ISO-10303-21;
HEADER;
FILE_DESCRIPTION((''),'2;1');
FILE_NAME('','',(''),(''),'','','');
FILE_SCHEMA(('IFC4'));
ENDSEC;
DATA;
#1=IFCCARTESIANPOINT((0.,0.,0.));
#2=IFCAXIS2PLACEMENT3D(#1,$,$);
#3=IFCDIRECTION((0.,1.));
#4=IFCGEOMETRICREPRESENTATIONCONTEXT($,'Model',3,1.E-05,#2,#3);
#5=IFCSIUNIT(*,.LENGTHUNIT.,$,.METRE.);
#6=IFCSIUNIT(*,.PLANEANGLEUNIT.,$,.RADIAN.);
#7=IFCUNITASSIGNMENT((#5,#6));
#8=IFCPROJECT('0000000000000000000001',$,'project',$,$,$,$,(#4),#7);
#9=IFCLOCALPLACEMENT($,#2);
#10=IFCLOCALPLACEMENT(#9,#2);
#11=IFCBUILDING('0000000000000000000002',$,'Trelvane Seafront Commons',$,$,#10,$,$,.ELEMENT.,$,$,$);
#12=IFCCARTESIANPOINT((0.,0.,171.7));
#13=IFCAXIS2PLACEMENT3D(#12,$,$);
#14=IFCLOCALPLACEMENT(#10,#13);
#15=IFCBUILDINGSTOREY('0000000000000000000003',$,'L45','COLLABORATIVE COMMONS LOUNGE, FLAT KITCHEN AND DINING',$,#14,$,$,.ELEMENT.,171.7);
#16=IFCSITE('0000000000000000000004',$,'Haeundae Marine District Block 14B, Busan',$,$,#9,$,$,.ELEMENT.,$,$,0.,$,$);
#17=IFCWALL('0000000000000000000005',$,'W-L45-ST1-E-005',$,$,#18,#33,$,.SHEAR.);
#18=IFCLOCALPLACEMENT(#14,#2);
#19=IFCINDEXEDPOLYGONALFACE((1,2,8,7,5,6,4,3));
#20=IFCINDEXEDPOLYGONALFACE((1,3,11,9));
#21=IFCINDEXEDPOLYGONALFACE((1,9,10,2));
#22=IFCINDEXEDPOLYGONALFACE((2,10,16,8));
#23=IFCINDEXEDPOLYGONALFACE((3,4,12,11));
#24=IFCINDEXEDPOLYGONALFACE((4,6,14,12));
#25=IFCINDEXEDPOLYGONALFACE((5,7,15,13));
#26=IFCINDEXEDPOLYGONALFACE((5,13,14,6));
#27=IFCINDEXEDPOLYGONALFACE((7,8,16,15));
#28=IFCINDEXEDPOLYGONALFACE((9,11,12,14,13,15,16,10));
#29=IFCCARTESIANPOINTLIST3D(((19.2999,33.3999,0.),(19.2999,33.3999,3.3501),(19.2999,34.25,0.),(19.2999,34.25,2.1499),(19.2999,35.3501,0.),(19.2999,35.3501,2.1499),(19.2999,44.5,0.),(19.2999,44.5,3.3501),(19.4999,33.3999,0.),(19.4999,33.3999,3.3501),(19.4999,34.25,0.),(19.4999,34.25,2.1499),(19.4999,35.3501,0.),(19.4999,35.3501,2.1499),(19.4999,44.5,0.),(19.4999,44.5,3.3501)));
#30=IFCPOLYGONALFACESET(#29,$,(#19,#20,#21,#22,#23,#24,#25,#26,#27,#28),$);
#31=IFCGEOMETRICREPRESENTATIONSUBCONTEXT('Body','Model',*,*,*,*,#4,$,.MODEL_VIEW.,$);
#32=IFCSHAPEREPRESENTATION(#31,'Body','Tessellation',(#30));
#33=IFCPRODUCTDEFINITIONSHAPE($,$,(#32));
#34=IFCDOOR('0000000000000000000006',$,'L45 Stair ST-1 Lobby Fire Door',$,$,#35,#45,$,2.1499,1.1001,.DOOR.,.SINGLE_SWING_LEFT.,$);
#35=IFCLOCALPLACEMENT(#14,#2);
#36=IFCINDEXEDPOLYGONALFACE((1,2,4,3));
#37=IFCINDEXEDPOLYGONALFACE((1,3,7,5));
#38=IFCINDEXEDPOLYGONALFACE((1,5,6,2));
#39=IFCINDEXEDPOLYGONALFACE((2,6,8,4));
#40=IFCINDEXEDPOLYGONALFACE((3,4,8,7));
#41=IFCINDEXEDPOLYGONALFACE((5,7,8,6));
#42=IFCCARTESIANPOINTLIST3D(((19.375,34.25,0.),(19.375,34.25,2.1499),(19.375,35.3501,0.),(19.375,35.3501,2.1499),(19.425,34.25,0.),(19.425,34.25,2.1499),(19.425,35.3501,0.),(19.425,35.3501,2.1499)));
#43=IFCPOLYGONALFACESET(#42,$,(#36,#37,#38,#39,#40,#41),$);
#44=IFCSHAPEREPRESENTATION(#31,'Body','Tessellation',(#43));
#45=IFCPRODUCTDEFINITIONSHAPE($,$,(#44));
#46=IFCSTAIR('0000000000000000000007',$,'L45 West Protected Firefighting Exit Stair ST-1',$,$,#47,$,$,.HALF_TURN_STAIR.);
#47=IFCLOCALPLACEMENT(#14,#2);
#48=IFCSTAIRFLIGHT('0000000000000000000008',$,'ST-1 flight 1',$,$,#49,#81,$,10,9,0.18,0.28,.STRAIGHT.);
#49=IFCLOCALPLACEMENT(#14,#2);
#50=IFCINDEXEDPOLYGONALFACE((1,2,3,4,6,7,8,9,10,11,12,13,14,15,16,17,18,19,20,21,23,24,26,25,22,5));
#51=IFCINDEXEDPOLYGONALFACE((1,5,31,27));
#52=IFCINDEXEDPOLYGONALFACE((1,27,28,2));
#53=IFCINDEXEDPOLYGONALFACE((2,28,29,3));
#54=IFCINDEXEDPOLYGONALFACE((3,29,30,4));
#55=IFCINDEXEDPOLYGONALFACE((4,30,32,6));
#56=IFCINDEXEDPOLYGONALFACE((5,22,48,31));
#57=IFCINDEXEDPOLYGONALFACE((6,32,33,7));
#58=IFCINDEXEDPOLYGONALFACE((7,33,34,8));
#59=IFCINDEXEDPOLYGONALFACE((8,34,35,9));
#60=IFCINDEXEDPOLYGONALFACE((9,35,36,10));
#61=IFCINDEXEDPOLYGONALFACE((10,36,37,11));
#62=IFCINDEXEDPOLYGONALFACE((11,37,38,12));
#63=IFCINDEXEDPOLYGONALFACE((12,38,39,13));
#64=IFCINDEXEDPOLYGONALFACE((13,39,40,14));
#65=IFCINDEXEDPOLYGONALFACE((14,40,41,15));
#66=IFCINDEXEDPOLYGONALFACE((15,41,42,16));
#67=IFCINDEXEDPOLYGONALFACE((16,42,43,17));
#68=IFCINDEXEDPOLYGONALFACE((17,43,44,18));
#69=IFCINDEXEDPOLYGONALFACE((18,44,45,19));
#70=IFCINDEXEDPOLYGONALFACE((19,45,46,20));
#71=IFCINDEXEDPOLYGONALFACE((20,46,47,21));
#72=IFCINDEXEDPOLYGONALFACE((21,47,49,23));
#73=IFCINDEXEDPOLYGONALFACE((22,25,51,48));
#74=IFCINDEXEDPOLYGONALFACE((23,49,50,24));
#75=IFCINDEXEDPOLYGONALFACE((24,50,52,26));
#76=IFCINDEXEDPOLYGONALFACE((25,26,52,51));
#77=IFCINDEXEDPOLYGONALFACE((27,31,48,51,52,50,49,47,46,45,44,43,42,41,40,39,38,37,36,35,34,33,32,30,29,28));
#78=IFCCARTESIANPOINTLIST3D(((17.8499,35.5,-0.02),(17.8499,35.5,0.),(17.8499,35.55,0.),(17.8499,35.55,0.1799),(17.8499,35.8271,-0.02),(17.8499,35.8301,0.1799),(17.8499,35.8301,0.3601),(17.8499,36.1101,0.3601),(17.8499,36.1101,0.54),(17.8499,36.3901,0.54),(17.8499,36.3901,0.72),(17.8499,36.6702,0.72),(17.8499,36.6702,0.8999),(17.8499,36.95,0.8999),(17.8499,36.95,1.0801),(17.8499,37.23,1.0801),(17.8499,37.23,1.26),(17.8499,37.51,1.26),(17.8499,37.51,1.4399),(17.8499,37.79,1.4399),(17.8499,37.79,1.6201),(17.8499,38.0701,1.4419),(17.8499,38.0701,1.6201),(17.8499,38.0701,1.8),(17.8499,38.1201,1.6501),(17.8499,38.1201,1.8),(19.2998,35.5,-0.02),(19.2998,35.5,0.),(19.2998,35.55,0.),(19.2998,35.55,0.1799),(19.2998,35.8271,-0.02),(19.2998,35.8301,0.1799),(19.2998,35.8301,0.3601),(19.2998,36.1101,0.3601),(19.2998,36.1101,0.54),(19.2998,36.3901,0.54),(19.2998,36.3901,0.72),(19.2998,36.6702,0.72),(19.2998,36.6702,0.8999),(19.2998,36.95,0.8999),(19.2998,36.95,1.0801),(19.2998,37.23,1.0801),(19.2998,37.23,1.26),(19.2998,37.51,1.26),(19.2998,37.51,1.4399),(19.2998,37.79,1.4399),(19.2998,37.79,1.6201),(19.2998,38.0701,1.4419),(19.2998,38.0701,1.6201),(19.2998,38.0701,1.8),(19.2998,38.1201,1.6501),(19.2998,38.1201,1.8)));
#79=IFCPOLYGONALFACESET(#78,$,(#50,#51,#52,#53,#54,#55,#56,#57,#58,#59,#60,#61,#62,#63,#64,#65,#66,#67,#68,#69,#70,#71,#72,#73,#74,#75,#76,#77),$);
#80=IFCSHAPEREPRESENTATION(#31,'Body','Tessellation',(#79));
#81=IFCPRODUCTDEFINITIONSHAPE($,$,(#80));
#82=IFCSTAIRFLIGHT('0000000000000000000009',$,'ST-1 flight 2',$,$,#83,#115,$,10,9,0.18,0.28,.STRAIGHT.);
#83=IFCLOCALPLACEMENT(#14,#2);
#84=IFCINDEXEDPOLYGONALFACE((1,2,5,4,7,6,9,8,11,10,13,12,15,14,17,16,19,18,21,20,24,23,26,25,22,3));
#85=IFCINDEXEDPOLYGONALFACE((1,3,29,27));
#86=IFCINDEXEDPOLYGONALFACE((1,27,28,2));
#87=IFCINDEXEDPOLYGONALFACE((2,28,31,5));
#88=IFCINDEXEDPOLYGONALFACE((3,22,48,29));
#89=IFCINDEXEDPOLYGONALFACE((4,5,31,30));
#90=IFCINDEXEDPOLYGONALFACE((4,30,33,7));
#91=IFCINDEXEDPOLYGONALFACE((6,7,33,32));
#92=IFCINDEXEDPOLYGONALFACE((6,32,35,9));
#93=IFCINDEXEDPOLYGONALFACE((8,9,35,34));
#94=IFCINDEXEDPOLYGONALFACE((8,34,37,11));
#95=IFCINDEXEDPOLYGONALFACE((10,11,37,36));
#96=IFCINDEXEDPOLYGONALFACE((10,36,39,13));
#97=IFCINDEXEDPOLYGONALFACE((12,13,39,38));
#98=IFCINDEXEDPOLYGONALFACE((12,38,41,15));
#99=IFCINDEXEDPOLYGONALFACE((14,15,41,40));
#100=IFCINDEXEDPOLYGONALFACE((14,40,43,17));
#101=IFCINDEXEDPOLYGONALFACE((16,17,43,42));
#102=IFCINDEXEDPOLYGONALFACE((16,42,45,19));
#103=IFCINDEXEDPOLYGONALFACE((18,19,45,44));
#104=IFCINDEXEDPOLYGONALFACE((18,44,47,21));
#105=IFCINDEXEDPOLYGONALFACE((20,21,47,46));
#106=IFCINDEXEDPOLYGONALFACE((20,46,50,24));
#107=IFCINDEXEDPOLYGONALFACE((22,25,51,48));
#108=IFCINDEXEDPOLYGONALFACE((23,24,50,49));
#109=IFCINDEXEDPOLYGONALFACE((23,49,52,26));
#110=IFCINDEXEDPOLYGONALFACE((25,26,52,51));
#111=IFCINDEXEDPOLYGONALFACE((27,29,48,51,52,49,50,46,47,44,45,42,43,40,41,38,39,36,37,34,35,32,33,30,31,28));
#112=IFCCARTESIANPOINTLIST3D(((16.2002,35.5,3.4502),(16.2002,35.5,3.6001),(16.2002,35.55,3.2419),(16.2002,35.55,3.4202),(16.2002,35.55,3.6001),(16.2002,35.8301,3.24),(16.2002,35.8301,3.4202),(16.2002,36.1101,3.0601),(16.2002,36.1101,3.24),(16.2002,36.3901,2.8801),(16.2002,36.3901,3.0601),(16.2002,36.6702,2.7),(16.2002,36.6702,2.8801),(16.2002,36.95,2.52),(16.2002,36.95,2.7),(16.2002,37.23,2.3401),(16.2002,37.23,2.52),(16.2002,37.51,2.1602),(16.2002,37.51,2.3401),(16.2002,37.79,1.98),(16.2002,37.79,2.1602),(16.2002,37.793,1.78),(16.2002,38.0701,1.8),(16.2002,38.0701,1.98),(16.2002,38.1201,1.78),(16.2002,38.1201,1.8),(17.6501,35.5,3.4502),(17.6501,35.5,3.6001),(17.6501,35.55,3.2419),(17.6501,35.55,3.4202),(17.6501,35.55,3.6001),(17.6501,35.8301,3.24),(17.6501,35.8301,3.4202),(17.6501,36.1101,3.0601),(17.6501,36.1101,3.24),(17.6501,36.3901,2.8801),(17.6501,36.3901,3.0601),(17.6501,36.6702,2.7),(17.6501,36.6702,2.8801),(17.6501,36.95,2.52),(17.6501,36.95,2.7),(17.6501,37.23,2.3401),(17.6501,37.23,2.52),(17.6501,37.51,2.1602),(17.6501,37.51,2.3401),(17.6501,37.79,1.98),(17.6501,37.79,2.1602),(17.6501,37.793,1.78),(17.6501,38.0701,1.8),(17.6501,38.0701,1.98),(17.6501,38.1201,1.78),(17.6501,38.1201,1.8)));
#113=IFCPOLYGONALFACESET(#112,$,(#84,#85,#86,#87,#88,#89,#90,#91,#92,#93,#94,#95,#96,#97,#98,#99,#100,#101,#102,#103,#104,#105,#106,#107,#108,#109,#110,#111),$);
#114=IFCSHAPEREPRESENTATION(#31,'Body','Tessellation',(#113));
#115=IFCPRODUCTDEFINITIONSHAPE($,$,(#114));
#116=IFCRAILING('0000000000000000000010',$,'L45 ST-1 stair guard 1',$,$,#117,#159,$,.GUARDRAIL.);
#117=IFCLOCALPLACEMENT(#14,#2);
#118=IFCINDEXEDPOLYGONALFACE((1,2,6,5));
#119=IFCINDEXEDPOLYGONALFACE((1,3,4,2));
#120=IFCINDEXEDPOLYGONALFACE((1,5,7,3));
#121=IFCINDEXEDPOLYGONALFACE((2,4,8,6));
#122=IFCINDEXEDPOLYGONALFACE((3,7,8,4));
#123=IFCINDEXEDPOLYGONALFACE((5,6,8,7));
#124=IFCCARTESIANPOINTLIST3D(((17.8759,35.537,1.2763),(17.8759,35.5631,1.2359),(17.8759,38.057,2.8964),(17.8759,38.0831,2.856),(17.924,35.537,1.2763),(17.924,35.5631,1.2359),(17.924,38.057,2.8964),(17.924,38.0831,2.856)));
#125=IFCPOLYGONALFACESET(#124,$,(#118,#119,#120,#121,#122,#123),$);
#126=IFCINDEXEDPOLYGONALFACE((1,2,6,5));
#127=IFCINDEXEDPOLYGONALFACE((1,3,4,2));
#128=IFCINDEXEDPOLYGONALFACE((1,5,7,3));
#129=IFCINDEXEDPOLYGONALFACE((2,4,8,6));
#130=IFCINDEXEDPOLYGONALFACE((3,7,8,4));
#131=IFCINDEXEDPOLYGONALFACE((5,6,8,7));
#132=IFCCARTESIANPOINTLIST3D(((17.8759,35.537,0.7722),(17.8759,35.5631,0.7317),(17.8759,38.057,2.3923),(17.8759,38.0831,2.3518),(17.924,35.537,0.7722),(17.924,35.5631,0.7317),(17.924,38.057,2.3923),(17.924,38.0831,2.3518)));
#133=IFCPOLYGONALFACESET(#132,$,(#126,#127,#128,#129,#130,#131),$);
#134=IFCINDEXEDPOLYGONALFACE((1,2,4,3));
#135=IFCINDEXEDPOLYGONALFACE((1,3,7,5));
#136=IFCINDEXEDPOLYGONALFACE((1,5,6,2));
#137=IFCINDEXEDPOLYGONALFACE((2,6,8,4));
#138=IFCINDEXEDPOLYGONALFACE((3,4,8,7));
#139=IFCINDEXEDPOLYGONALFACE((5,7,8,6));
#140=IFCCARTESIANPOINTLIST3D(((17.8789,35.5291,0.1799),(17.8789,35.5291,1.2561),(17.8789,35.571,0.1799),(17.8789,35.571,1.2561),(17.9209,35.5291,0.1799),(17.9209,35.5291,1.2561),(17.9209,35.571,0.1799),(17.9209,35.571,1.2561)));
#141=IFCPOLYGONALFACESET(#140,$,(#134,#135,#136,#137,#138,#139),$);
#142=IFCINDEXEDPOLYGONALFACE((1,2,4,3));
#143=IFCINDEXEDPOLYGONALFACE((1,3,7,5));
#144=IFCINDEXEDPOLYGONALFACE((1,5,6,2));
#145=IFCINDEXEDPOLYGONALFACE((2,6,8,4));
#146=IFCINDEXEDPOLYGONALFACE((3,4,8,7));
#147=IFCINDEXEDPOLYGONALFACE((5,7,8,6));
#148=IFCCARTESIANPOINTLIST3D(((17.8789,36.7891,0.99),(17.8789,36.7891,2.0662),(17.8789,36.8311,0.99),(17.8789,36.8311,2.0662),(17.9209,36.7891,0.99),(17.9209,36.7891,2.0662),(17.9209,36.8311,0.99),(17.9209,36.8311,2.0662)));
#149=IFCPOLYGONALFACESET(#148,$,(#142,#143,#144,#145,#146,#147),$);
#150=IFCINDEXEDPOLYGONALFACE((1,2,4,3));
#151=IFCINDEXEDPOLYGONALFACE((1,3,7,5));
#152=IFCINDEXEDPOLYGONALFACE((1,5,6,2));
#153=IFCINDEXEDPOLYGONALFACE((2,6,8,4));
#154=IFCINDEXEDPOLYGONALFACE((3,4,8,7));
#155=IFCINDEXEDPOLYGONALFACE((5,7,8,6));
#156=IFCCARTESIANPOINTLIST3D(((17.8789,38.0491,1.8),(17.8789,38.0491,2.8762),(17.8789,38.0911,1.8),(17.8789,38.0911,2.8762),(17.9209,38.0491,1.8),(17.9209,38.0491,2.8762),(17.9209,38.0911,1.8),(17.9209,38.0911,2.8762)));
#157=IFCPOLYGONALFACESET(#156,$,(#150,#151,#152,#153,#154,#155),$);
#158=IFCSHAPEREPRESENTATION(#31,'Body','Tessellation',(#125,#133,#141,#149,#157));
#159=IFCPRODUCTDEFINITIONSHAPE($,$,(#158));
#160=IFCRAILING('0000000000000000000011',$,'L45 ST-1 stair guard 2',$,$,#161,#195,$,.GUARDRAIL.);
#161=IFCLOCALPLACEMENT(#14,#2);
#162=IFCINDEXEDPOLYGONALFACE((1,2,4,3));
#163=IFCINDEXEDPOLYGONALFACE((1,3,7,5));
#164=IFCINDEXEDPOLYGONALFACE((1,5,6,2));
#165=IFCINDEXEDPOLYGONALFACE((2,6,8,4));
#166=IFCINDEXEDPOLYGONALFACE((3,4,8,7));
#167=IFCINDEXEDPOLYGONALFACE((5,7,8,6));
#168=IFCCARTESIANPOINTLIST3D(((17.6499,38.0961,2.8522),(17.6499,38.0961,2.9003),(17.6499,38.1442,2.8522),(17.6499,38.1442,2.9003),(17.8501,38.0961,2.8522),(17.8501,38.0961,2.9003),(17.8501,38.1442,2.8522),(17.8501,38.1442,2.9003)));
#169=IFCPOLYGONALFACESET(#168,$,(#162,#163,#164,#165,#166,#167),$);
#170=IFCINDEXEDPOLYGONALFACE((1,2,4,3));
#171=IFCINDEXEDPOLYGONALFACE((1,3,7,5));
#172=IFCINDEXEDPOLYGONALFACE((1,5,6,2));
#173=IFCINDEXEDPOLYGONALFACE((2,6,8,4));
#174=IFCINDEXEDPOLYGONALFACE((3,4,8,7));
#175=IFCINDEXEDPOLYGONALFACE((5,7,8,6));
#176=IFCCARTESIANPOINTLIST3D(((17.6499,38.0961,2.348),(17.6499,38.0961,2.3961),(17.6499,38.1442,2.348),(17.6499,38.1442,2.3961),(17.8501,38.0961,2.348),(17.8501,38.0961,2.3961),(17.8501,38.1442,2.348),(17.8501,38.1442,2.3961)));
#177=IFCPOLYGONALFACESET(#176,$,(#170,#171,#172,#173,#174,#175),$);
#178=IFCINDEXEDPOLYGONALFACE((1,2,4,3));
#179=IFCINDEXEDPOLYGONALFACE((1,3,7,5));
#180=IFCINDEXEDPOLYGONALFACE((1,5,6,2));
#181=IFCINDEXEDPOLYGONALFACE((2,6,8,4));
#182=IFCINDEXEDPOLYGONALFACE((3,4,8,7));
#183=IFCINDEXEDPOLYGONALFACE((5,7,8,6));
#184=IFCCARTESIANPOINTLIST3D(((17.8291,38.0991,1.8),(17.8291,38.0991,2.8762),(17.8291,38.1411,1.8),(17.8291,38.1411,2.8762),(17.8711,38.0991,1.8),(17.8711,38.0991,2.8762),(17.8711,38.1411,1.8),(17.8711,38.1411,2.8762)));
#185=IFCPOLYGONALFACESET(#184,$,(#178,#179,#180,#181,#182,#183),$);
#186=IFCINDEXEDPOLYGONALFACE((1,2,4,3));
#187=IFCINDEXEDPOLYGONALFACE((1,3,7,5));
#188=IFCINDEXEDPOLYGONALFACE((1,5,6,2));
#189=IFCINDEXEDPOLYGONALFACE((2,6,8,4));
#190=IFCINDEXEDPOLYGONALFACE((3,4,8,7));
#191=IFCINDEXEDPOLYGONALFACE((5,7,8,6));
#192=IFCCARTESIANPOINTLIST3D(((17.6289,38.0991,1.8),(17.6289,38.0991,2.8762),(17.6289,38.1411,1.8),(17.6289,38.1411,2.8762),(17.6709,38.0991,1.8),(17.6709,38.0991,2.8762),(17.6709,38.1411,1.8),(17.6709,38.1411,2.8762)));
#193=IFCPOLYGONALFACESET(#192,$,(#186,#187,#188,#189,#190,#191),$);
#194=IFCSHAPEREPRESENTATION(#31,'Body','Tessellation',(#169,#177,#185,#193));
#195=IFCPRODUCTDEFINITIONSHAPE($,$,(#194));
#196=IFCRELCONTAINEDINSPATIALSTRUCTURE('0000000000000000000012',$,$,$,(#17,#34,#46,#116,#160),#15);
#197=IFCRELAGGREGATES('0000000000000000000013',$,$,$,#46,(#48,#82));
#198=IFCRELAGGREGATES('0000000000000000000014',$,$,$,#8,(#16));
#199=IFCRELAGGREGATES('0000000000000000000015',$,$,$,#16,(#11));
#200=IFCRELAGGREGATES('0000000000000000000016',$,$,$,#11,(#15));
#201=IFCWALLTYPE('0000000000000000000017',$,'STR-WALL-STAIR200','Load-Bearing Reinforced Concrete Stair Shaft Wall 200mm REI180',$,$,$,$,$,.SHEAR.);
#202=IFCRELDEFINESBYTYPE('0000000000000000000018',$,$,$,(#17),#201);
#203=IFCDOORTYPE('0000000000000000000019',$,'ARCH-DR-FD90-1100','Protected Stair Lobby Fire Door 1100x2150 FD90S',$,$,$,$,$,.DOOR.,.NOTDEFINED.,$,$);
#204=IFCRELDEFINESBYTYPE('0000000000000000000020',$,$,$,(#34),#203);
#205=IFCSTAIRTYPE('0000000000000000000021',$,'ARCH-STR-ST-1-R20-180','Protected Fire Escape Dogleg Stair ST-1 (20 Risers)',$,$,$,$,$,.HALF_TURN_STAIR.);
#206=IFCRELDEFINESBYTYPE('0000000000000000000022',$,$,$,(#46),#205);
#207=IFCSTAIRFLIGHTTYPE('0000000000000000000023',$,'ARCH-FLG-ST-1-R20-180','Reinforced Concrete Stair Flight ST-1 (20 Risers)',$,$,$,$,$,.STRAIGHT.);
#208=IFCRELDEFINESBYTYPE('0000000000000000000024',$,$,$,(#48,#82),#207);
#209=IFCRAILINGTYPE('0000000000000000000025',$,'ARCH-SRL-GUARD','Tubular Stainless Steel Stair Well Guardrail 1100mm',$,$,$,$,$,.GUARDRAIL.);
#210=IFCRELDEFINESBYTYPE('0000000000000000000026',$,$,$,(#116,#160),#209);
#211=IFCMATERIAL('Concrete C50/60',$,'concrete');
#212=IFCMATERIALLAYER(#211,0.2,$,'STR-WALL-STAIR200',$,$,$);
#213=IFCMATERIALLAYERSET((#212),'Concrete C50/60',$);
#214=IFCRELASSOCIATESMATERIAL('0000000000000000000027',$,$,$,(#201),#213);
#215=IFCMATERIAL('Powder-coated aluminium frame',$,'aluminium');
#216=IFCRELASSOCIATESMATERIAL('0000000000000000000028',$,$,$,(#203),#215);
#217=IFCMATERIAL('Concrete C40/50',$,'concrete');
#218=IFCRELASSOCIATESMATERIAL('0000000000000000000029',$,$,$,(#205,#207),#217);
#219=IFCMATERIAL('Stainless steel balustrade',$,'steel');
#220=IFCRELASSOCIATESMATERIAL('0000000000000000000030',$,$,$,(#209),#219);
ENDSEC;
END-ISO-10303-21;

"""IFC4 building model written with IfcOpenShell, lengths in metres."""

from ifc_helpers import new_model, si_unit, direction, frame, frame_2d, origin, origin_2d, place, context, subcontext, project, spatial, polyline, rectangle, outline, extrude, source, transform, mapped, material, layer, layer_set, type_object, element, fill, aggregate, save


model = new_model("IFC4")

# Units and contexts
model_context = context("Model", 3, precision=1e-05, world=origin(), true_north=direction((0.0, 1.0)))
body_context = subcontext(model_context, "Body", "Model", "MODEL_VIEW")
ifc_project = project(units=[si_unit("LENGTHUNIT", "METRE"), si_unit("PLANEANGLEUNIT", "RADIAN")], contexts=[model_context])

# Site, building, storey
site_placement = place(None, origin())
site = spatial("IfcSite", under=ifc_project, at=site_placement, Name="Haeundae Marine District Block 14B, Busan", CompositionType="ELEMENT", RefElevation=0.0)
building_placement = place(site_placement, origin())
building = spatial("IfcBuilding", under=site, at=building_placement, Name="Trelvane Seafront Commons", CompositionType="ELEMENT")
storey_placement = place(building_placement, frame((0.0, 0.0, 171.7)))
storey = spatial("IfcBuildingStorey", under=building, at=storey_placement, Name="L45", Description="COLLABORATIVE COMMONS LOUNGE, FLAT KITCHEN AND DINING", CompositionType="ELEMENT", Elevation=171.7)

# Shared definitions
ifc_material_1 = material(Name="Concrete C40/50", Category="concrete")
ifc_material_2 = material(Name="Powder-coated aluminium frame", Category="aluminium")

# Shared definitions
ifc_material_3 = material(Name="Stainless steel balustrade", Category="steel")
shared_shape_1 = source(origin(), body_context, "Body", "SweptSolid", [
    extrude(rectangle(XDim=1.1001, YDim=2.1499, at=frame_2d((0.55, 1.075))), frame((0.0, 0.0249, 0.0), z_axis=(0.0, -1.0, 0.0), x_axis=(1.0, 0.0, 0.0)), (0.0, 0.0, 1.0), 0.05),
])

# Shared definitions
ifc_material_4 = material(Name="Concrete C50/60", Category="concrete")
ifc_layer_1 = layer(ifc_material_4, 0.2, Name="STR-WALL-STAIR200")
ifc_layer_set_1 = layer_set([ifc_layer_1], Name="Concrete C50/60")
wall_type_1 = type_object("IfcWallType", Name="STR-WALL-STAIR200", Description="Load-Bearing Reinforced Concrete Stair Shaft Wall 200mm REI180", PredefinedType="SHEAR", material=ifc_layer_set_1)

# Wall, opening, door
wall_1_placement = place(storey_placement, frame((19.3999, 33.3999, 0.0), z_axis=(0.0, 0.0, 1.0), x_axis=(0.0, 1.0, 0.0)))
wall_1 = element("IfcWall", 1, at=wall_1_placement, inside=storey, type_object=wall_type_1, Name="W-L45-ST1-E-005", PredefinedType="SHEAR", context=body_context, shape_type="SweptSolid", body=[
    extrude(rectangle(XDim=11.1001, YDim=0.2, at=frame_2d((5.55, 0.0))), origin(), (0.0, 0.0, 1.0), 3.3501),
])
opening_1_placement = place(wall_1_placement, frame((0.8501, 0.0, 0.0)))
opening_1 = element("IfcOpeningElement", 2, at=opening_1_placement, cuts=wall_1, PredefinedType="OPENING", context=body_context, shape_type="SweptSolid", body=[
    extrude(rectangle(XDim=1.1001, YDim=2.1499, at=frame_2d((0.55, 1.075))), frame((0.0, 0.1099, 0.0), z_axis=(0.0, -1.0, 0.0), x_axis=(1.0, 0.0, 0.0)), (0.0, 0.0, 1.0), 0.22),
])
door_type_1 = type_object("IfcDoorType", Name="ARCH-DR-FD90-1100", Description="Protected Stair Lobby Fire Door 1100x2150 FD90S", OperationType="NOTDEFINED", PredefinedType="DOOR", material=ifc_material_2)
door_1_placement = place(opening_1_placement, origin())
door_1 = element("IfcDoor", 3, at=door_1_placement, inside=storey, type_object=door_type_1, Name="L45 Stair ST-1 Lobby Fire Door", OperationType="SINGLE_SWING_LEFT", OverallHeight=2.1499, OverallWidth=1.1001, PredefinedType="DOOR", context=body_context, shape_type="MappedRepresentation", body=[
    mapped(shared_shape_1, transform((0.0, 0.0, 0.0), x_axis=(1.0, 0.0, 0.0), y_axis=(0.0, 1.0, 0.0), z_axis=(0.0, 0.0, 1.0), scale=1.0)),
])
fill(opening_1, door_1)

# Stair, stair flights
stair_type = type_object("IfcStairType", Name="ARCH-STR-ST-1-R20-180", Description="Protected Fire Escape Dogleg Stair ST-1 (20 Risers)", PredefinedType="HALF_TURN_STAIR", material=ifc_material_1)
stair_placement = place(storey_placement, origin())
stair = element("IfcStair", 4, at=stair_placement, inside=storey, type_object=stair_type, Name="L45 West Protected Firefighting Exit Stair ST-1", PredefinedType="HALF_TURN_STAIR")
stair_flight_type = type_object("IfcStairFlightType", Name="ARCH-FLG-ST-1-R20-180", Description="Reinforced Concrete Stair Flight ST-1 (20 Risers)", PredefinedType="STRAIGHT", material=ifc_material_1)
shared_shape_2 = source(origin(), body_context, "Body", "SweptSolid", [
    extrude(outline(polyline([(-0.05, -0.02), (-0.05, 0.0), (0.0, 0.0), (0.0, 0.1799), (0.28, 0.1799), (0.28, 0.3601), (0.5601, 0.3601), (0.5601, 0.54), (0.8401, 0.54), (0.8401, 0.72), (1.1201, 0.72), (1.1201, 0.8999), (1.3999, 0.8999), (1.3999, 1.0801), (1.6799, 1.0801), (1.6799, 1.26), (1.96, 1.26), (1.96, 1.4399), (2.24, 1.4399), (2.24, 1.6201), (2.52, 1.6201), (2.52, 1.8), (2.5701, 1.8), (2.5701, 1.6501), (2.52, 1.4419), (0.2771, -0.02), (-0.05, -0.02)])), frame((0.0, 0.7251, 0.0), z_axis=(0.0, -1.0, 0.0), x_axis=(1.0, 0.0, 0.0)), (0.0, 0.0, 1.0), 1.45),
])
stair_flight_1_placement = place(storey_placement, frame((18.575, 35.55, 0.0), z_axis=(0.0, 0.0, 1.0), x_axis=(0.0, 1.0, 0.0)))
stair_flight_1 = element("IfcStairFlight", 5, at=stair_flight_1_placement, type_object=stair_flight_type, Name="ST-1 flight 1", NumberOfRisers=10, NumberOfTreads=9, PredefinedType="STRAIGHT", RiserHeight=0.18, TreadLength=0.28, context=body_context, shape_type="MappedRepresentation", body=[
    mapped(shared_shape_2, transform((0.0, 0.0, 0.0), x_axis=(1.0, 0.0, 0.0), y_axis=(0.0, 1.0, 0.0), z_axis=(0.0, 0.0, 1.0), scale=1.0)),
])
stair_flight_2_placement = place(storey_placement, frame((16.925, 38.0701, 1.8), z_axis=(0.0, 0.0, 1.0), x_axis=(0.0, -1.0, 0.0)))
stair_flight_2 = element("IfcStairFlight", 6, at=stair_flight_2_placement, type_object=stair_flight_type, Name="ST-1 flight 2", NumberOfRisers=10, NumberOfTreads=9, PredefinedType="STRAIGHT", RiserHeight=0.18, TreadLength=0.28, context=body_context, shape_type="MappedRepresentation", body=[
    mapped(shared_shape_2, transform((0.0, 0.0, 0.0), x_axis=(1.0, 0.0, 0.0), y_axis=(0.0, 1.0, 0.0), z_axis=(0.0, 0.0, 1.0), scale=1.0)),
])
aggregate(stair, [stair_flight_1, stair_flight_2])

# Railings
railing_type_1 = type_object("IfcRailingType", Name="ARCH-SRL-GUARD", Description="Tubular Stainless Steel Stair Well Guardrail 1100mm", PredefinedType="GUARDRAIL", material=ifc_material_3)
railing_1_placement = place(storey_placement, frame((17.8999, 35.55, 0.1799)))
element("IfcRailing", 7, at=railing_1_placement, inside=storey, type_object=railing_type_1, Name="L45 ST-1 stair guard 1", PredefinedType="GUARDRAIL", context=body_context, shape_type="SweptSolid", body=[
    extrude(rectangle(XDim=0.0481, YDim=0.0481, at=origin_2d()), frame((0.0, 0.0, 1.0762), z_axis=(0.0, 0.841163, 0.540782), x_axis=(-1.0, 0.0, 0.0)), (0.0, 0.0, 1.0), 2.9958),
    extrude(rectangle(XDim=0.0481, YDim=0.0481, at=origin_2d()), frame((0.0, 0.0, 0.572), z_axis=(0.0, 0.841163, 0.540782), x_axis=(-1.0, 0.0, 0.0)), (0.0, 0.0, 1.0), 2.9958),
    extrude(rectangle(XDim=0.042, YDim=0.042, at=origin_2d()), origin(), (0.0, 0.0, 1.0), 1.0762),
    extrude(rectangle(XDim=0.042, YDim=0.042, at=origin_2d()), frame((0.0, 1.26, 0.8101)), (0.0, 0.0, 1.0), 1.0762),
    extrude(rectangle(XDim=0.042, YDim=0.042, at=origin_2d()), frame((0.0, 2.52, 1.6201)), (0.0, 0.0, 1.0), 1.0762),
])
railing_2_placement = place(storey_placement, frame((17.8501, 38.1201, 1.8)))
element("IfcRailing", 8, at=railing_2_placement, inside=storey, type_object=railing_type_1, Name="L45 ST-1 stair guard 2", PredefinedType="GUARDRAIL", context=body_context, shape_type="SweptSolid", body=[
    extrude(rectangle(XDim=0.0481, YDim=0.0481, at=origin_2d()), frame((0.0, 0.0, 1.0762), z_axis=(-1.0, 0.0, 0.0), x_axis=(0.0, -1.0, 0.0)), (0.0, 0.0, 1.0), 0.2002),
    extrude(rectangle(XDim=0.0481, YDim=0.0481, at=origin_2d()), frame((0.0, 0.0, 0.572), z_axis=(-1.0, 0.0, 0.0), x_axis=(0.0, -1.0, 0.0)), (0.0, 0.0, 1.0), 0.2002),
    extrude(rectangle(XDim=0.042, YDim=0.042, at=origin_2d()), origin(), (0.0, 0.0, 1.0), 1.0762),
    extrude(rectangle(XDim=0.042, YDim=0.042, at=origin_2d()), frame((-0.2002, 0.0, 0.0)), (0.0, 0.0, 1.0), 1.0762),
])

save(model, "model.ifc")
